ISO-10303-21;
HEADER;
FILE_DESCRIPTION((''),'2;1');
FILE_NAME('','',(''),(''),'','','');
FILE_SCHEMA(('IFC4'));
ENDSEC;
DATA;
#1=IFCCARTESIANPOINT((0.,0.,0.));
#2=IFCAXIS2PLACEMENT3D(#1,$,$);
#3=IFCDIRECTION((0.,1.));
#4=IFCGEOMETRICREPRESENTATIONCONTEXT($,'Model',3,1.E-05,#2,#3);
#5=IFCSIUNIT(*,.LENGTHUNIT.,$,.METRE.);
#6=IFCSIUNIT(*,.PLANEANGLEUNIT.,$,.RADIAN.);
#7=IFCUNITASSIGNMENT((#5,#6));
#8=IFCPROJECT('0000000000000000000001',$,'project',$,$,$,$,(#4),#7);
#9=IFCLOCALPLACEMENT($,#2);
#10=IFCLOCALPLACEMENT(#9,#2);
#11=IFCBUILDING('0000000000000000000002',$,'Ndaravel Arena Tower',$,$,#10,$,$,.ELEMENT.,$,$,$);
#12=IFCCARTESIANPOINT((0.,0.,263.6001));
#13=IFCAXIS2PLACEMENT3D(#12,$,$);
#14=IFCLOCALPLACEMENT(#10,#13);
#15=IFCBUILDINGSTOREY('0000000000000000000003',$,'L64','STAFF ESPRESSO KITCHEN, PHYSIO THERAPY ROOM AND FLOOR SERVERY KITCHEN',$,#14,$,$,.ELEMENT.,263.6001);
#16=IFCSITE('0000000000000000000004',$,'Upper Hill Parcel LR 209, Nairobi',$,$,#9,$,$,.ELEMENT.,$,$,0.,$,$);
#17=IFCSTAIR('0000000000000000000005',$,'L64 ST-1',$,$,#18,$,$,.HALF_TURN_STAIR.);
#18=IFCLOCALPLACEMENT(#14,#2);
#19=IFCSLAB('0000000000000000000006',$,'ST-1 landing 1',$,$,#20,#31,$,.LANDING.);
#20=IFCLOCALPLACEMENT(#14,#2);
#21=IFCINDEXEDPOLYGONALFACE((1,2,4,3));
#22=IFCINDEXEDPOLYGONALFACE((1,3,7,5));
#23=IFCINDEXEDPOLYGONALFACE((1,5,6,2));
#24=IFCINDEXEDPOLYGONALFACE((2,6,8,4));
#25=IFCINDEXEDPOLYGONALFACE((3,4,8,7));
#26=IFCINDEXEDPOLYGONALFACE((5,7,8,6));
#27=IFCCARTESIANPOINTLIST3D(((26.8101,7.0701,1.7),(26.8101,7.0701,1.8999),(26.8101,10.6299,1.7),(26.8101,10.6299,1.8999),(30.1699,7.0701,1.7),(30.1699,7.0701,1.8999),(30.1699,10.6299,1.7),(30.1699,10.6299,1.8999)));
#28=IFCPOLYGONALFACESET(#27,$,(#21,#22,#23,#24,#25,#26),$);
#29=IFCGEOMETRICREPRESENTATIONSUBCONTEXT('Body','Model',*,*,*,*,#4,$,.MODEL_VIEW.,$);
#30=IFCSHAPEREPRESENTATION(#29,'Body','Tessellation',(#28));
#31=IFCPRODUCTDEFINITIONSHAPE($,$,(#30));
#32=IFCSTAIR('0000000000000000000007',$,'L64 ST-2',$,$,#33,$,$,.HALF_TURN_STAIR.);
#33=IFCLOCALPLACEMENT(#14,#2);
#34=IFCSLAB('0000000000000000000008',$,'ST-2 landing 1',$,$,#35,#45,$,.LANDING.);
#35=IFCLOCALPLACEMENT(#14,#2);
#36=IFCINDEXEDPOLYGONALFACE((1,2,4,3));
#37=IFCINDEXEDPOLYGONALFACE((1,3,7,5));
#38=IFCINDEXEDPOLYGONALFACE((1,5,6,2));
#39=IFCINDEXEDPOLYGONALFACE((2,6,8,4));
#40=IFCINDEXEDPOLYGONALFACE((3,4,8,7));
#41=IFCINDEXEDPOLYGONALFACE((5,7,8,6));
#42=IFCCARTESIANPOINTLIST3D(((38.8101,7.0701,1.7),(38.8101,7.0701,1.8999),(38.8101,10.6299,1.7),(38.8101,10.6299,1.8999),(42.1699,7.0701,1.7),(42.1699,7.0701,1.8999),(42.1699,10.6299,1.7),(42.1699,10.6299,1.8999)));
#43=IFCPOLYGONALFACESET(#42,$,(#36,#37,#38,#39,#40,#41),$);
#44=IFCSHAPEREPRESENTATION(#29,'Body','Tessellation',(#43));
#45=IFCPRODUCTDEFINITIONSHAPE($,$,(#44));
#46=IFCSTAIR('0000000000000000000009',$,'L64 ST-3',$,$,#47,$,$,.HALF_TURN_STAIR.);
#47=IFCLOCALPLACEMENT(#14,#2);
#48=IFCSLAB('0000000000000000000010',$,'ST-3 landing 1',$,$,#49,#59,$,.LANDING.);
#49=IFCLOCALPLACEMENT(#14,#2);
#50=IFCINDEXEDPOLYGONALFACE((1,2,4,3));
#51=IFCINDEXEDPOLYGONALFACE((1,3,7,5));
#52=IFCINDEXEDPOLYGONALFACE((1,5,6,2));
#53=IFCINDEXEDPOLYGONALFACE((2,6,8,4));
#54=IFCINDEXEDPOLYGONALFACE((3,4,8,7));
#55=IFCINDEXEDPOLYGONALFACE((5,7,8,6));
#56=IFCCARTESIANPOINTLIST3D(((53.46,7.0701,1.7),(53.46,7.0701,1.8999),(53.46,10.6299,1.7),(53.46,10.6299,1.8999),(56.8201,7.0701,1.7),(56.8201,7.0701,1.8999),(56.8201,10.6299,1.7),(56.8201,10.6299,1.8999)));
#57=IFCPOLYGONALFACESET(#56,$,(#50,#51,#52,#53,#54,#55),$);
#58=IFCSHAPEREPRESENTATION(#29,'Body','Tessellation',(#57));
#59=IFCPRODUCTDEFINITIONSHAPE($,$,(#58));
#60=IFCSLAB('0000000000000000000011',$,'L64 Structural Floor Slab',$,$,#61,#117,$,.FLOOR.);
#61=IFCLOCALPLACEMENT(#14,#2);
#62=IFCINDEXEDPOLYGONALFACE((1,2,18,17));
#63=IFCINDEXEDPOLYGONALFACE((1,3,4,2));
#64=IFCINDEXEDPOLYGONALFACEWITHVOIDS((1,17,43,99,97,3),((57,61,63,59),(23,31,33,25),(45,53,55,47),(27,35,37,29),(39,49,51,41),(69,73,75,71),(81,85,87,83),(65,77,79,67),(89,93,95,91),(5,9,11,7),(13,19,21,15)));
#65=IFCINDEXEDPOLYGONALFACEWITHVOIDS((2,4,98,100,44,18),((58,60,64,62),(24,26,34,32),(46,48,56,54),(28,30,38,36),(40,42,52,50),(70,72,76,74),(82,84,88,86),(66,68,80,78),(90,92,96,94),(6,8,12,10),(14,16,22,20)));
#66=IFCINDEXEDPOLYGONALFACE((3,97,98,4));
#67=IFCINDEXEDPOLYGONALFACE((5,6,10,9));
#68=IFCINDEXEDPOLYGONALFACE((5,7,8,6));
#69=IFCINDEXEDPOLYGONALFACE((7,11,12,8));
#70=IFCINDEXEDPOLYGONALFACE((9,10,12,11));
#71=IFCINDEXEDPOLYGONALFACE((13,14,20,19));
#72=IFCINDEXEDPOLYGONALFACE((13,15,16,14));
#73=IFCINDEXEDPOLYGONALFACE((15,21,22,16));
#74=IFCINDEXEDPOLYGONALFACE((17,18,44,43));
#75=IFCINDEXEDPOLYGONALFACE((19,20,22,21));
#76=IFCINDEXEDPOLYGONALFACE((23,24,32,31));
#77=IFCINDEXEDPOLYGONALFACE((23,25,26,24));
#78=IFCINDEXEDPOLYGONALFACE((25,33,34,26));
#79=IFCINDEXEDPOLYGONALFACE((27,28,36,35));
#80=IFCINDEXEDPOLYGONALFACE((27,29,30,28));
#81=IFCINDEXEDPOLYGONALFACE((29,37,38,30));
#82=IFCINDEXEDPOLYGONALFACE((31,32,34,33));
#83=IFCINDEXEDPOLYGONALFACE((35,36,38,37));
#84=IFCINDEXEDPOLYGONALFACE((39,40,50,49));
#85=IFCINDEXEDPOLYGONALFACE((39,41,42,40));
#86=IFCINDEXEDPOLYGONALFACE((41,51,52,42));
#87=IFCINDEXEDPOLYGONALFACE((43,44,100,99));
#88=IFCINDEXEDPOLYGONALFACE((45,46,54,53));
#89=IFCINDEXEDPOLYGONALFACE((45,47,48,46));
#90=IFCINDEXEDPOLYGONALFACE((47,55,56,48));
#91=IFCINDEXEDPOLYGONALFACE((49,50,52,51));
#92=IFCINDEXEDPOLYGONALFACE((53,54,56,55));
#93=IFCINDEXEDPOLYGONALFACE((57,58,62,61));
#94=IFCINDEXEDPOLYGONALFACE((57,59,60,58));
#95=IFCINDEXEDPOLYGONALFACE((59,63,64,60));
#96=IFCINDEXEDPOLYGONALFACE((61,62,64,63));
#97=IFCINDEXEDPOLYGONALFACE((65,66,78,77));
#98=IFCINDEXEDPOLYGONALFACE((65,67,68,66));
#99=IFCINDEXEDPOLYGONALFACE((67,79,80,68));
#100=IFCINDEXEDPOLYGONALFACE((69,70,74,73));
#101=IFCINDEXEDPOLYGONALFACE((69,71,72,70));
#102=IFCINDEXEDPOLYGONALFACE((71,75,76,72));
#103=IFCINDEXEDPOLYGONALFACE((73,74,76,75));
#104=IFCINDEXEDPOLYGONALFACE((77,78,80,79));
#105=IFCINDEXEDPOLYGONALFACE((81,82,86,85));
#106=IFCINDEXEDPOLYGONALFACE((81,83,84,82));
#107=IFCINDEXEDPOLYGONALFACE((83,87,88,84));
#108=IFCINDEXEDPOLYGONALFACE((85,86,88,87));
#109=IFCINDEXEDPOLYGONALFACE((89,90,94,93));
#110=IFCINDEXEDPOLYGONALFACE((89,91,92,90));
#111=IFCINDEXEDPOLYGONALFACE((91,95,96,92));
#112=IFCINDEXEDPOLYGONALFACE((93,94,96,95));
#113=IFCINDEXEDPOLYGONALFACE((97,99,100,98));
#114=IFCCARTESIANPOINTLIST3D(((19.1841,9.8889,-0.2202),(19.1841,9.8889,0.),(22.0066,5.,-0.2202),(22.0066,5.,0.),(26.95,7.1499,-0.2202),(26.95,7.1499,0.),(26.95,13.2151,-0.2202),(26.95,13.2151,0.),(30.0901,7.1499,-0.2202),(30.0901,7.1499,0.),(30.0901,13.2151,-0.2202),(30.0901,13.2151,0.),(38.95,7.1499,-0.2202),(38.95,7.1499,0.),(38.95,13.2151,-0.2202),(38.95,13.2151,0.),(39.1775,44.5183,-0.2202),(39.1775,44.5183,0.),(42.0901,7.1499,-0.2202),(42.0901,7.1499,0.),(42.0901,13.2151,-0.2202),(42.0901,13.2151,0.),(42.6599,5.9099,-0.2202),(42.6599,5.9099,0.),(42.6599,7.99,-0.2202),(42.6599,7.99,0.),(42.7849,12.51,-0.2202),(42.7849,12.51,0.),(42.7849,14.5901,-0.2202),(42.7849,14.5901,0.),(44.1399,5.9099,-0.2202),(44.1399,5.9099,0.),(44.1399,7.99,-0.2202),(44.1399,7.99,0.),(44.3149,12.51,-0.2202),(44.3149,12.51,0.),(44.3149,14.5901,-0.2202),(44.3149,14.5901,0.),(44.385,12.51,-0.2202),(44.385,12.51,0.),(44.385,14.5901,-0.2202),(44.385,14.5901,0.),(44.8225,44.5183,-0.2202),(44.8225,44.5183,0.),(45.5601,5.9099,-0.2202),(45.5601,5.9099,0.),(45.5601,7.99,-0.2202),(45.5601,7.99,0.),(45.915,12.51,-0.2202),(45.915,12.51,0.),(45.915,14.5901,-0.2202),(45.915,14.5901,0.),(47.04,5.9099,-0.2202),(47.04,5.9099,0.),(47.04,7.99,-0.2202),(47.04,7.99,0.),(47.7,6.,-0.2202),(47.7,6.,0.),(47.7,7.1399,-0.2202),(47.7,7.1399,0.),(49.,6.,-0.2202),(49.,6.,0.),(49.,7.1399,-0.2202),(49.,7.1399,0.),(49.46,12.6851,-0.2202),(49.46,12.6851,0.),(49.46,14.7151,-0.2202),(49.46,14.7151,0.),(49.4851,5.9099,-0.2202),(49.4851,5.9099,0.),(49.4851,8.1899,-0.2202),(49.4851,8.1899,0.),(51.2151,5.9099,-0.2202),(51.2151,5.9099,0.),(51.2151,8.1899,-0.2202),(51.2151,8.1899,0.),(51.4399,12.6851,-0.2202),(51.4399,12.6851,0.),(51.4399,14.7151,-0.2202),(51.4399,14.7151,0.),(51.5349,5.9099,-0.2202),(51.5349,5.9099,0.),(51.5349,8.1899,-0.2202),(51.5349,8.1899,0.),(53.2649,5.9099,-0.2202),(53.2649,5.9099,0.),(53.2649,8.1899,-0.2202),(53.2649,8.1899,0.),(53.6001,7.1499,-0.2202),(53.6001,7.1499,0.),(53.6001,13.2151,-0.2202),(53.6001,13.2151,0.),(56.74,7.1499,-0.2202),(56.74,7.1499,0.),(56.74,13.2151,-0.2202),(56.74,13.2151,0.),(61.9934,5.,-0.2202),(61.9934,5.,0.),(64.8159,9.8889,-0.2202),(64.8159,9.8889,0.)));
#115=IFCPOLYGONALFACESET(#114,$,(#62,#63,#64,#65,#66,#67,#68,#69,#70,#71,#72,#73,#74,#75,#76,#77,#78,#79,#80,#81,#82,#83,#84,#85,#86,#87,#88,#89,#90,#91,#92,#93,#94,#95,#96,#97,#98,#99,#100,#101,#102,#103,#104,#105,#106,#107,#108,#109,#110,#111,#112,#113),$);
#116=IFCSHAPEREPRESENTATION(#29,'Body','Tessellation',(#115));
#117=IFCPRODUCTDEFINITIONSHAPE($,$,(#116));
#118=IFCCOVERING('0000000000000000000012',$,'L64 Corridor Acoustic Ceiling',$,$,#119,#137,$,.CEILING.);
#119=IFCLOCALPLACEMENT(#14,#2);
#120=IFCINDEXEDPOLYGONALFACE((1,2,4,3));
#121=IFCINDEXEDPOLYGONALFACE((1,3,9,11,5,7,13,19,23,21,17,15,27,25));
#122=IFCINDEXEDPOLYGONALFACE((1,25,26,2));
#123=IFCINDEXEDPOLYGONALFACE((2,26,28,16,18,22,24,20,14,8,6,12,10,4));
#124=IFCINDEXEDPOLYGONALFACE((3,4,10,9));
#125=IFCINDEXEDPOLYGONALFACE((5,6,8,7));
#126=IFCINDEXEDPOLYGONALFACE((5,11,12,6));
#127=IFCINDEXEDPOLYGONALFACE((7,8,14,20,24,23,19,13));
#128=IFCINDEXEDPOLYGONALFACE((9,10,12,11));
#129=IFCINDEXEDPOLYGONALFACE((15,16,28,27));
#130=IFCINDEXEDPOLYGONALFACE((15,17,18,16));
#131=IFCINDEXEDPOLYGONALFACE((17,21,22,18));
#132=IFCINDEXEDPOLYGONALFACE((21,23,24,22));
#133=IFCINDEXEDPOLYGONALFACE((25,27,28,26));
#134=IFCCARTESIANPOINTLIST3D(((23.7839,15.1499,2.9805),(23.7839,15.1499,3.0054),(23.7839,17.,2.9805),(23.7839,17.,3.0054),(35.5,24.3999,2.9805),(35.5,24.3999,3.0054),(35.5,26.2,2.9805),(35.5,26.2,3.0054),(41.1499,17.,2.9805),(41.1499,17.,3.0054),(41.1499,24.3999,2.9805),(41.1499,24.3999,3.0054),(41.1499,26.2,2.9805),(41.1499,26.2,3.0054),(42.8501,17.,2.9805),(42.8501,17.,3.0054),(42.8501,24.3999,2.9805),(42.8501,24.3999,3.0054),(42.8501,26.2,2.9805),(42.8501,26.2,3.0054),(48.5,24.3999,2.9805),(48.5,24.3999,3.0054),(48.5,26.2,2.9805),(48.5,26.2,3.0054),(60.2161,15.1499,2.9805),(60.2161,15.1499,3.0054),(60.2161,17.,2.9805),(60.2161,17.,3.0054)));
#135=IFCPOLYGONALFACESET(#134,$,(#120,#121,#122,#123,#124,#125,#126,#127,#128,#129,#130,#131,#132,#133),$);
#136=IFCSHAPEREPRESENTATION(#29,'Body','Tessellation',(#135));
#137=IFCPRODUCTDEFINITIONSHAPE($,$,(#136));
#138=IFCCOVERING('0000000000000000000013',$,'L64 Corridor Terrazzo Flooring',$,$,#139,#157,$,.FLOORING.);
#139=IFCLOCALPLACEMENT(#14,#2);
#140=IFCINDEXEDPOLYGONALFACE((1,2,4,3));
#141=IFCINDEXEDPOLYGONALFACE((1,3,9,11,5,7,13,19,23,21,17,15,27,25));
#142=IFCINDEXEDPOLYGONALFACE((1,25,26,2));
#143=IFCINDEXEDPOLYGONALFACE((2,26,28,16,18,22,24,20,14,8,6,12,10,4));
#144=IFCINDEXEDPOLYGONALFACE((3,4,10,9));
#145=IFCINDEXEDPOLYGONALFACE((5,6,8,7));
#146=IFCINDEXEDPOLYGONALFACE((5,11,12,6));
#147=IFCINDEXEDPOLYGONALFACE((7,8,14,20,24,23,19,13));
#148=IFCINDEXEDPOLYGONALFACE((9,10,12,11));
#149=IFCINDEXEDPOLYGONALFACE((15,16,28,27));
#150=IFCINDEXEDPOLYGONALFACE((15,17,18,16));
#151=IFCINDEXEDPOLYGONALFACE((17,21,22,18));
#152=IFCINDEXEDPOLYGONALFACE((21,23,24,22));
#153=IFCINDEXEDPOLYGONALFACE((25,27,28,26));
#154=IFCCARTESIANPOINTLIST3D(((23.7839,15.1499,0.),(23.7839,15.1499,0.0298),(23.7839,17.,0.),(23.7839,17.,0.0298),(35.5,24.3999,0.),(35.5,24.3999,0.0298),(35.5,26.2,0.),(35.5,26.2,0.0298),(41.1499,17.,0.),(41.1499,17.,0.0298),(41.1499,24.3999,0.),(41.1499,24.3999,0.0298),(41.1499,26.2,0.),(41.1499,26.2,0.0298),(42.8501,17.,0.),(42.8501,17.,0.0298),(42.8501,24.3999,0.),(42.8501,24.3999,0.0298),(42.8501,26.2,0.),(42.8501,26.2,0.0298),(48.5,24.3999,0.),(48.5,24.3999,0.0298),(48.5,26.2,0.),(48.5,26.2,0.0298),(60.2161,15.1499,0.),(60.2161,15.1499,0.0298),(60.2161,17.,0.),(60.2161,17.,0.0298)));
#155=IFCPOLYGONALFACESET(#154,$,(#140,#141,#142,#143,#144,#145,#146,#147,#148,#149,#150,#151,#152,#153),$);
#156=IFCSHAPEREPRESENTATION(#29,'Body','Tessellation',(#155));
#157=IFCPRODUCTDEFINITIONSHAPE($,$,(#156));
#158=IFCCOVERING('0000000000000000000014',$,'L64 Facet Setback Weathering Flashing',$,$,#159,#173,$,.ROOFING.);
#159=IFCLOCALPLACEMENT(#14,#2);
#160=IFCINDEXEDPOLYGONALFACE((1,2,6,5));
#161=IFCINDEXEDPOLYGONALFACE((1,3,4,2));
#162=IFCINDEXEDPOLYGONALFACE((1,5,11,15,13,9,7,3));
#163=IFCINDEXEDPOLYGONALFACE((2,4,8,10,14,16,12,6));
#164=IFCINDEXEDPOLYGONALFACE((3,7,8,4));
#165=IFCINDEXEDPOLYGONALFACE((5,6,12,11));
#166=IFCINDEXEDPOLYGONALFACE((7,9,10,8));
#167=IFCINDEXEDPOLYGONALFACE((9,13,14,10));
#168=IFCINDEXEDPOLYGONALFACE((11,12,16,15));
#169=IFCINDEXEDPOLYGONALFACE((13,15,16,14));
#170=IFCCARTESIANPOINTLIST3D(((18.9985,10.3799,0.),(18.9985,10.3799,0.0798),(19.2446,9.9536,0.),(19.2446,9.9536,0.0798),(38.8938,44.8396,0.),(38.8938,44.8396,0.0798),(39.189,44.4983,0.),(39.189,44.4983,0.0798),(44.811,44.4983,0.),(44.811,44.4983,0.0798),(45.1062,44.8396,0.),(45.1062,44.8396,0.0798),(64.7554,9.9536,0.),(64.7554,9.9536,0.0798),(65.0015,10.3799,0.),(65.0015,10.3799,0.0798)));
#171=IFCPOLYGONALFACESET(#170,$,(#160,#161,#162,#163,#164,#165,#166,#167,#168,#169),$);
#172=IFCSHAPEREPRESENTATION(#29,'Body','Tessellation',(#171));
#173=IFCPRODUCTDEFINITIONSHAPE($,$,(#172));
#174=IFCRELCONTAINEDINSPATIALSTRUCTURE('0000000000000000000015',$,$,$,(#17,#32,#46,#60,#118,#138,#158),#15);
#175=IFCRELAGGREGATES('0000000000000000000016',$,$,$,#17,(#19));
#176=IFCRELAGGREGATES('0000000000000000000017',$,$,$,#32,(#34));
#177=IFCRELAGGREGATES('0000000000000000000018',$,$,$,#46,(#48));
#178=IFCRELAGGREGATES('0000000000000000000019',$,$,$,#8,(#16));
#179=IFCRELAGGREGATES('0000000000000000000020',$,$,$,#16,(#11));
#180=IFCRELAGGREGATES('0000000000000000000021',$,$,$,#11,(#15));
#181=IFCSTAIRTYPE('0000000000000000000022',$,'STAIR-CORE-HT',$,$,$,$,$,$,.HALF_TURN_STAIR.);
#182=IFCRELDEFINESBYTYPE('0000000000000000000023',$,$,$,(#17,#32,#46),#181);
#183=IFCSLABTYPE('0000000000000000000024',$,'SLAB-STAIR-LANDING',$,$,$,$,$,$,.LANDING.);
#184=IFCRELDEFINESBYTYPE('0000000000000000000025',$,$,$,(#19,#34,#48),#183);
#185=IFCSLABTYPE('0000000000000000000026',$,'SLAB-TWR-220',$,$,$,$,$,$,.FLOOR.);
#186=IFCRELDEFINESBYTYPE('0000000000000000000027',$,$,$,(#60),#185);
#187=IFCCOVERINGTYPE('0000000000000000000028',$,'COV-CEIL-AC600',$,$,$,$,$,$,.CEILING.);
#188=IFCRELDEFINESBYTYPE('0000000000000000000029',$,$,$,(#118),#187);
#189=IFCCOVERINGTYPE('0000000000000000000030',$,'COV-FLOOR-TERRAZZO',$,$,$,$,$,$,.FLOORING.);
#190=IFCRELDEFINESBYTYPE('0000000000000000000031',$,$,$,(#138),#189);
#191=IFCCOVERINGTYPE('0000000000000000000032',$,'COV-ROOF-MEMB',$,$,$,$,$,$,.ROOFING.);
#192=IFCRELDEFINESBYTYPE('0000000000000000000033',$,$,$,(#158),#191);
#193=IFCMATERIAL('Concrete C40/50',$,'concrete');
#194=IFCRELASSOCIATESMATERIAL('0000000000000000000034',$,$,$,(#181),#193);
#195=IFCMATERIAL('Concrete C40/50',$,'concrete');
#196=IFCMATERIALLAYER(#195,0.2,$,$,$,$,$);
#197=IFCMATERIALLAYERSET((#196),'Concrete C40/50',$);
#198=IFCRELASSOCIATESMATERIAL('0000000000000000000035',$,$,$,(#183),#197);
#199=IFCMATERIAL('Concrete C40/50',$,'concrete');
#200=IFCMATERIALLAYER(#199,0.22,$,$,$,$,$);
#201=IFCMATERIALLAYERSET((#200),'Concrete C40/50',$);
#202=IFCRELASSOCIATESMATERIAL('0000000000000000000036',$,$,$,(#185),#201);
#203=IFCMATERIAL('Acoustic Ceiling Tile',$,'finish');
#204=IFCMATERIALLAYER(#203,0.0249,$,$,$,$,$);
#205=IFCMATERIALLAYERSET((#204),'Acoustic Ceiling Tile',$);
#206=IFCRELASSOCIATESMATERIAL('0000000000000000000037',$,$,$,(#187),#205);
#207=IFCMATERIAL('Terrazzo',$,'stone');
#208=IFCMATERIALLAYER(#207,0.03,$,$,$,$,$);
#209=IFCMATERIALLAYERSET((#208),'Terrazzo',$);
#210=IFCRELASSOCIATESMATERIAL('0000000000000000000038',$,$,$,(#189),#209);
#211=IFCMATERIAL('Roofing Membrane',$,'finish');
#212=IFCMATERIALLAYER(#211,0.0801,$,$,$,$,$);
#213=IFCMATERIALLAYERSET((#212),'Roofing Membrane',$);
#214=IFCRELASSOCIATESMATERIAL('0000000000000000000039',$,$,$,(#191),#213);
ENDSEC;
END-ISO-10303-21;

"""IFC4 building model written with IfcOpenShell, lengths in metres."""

from ifc_helpers import new_model, si_unit, direction, frame, origin, place, context, subcontext, project, spatial, polyline, outline, extrude, material, layer, layer_set, type_object, element, aggregate, save


model = new_model("IFC4")

# Units and contexts
model_context = context("Model", 3, precision=1e-05, world=origin(), true_north=direction((0.0, 1.0)))
body_context = subcontext(model_context, "Body", "Model", "MODEL_VIEW")
ifc_project = project(units=[si_unit("LENGTHUNIT", "METRE"), si_unit("PLANEANGLEUNIT", "RADIAN")], contexts=[model_context])

# Site, building, storey
site_placement = place(None, origin())
site = spatial("IfcSite", under=ifc_project, at=site_placement, Name="Upper Hill Parcel LR 209, Nairobi", CompositionType="ELEMENT", RefElevation=0.0)
building_placement = place(site_placement, origin())
building = spatial("IfcBuilding", under=site, at=building_placement, Name="Ndaravel Arena Tower", CompositionType="ELEMENT")
storey_placement = place(building_placement, frame((0.0, 0.0, 263.6001)))
storey = spatial("IfcBuildingStorey", under=building, at=storey_placement, Name="L64", Description="STAFF ESPRESSO KITCHEN, PHYSIO THERAPY ROOM AND FLOOR SERVERY KITCHEN", CompositionType="ELEMENT", Elevation=263.6001)

# Stairs, slabs
ifc_material_1 = material(Name="Concrete C40/50", Category="concrete")
stair_type = type_object("IfcStairType", Name="STAIR-CORE-HT", PredefinedType="HALF_TURN_STAIR", material=ifc_material_1)
stair_1_placement = place(storey_placement, origin())
stair_1 = element("IfcStair", 1, at=stair_1_placement, inside=storey, type_object=stair_type, Name="L64 ST-1", PredefinedType="HALF_TURN_STAIR")
ifc_material_2 = material(Name="Concrete C40/50", Category="concrete")
ifc_layer_1 = layer(ifc_material_2, 0.2)
ifc_layer_set_1 = layer_set([ifc_layer_1], Name="Concrete C40/50")
slab_type_1 = type_object("IfcSlabType", Name="SLAB-STAIR-LANDING", PredefinedType="LANDING", material=ifc_layer_set_1)
slab_1_placement = place(storey_placement, frame((0.0, 0.0, 1.7)))
slab_1 = element("IfcSlab", 2, at=slab_1_placement, type_object=slab_type_1, Name="ST-1 landing 1", PredefinedType="LANDING", context=body_context, shape_type="SweptSolid", body=[
    extrude(outline(polyline([(26.8101, 10.6299), (26.8101, 7.0701), (30.1699, 7.0701), (30.1699, 10.6299), (26.8101, 10.6299)])), origin(), (0.0, 0.0, 1.0), 0.2),
])
aggregate(stair_1, [slab_1])
stair_2_placement = place(storey_placement, origin())
stair_2 = element("IfcStair", 3, at=stair_2_placement, inside=storey, type_object=stair_type, Name="L64 ST-2", PredefinedType="HALF_TURN_STAIR")
slab_2_placement = place(storey_placement, frame((0.0, 0.0, 1.7)))
slab_2 = element("IfcSlab", 4, at=slab_2_placement, type_object=slab_type_1, Name="ST-2 landing 1", PredefinedType="LANDING", context=body_context, shape_type="SweptSolid", body=[
    extrude(outline(polyline([(38.8101, 10.6299), (38.8101, 7.0701), (42.1699, 7.0701), (42.1699, 10.6299), (38.8101, 10.6299)])), origin(), (0.0, 0.0, 1.0), 0.2),
])
aggregate(stair_2, [slab_2])
stair_3_placement = place(storey_placement, origin())
stair_3 = element("IfcStair", 5, at=stair_3_placement, inside=storey, type_object=stair_type, Name="L64 ST-3", PredefinedType="HALF_TURN_STAIR")
slab_3_placement = place(storey_placement, frame((0.0, 0.0, 1.7)))
slab_3 = element("IfcSlab", 6, at=slab_3_placement, type_object=slab_type_1, Name="ST-3 landing 1", PredefinedType="LANDING", context=body_context, shape_type="SweptSolid", body=[
    extrude(outline(polyline([(53.46, 10.6299), (53.46, 7.0701), (56.8201, 7.0701), (56.8201, 10.6299), (53.46, 10.6299)])), origin(), (0.0, 0.0, 1.0), 0.2),
])
aggregate(stair_3, [slab_3])

# Slab
ifc_material_3 = material(Name="Concrete C40/50", Category="concrete")
ifc_layer_2 = layer(ifc_material_3, 0.22)
ifc_layer_set_2 = layer_set([ifc_layer_2], Name="Concrete C40/50")
slab_type_2 = type_object("IfcSlabType", Name="SLAB-TWR-220", PredefinedType="FLOOR", material=ifc_layer_set_2)
slab_4_placement = place(storey_placement, frame((0.0, 0.0, -0.2202)))
element("IfcSlab", 7, at=slab_4_placement, inside=storey, type_object=slab_type_2, Name="L64 Structural Floor Slab", PredefinedType="FLOOR", context=body_context, shape_type="SweptSolid", body=[
    extrude(outline(polyline([(19.1841, 9.8889), (22.0066, 5.0), (61.9934, 5.0), (64.8159, 9.8889), (44.8225, 44.5183), (39.1775, 44.5183), (19.1841, 9.8889)]), holes=[polyline([(26.95, 13.2151), (26.95, 7.1499), (30.0901, 7.1499), (30.0901, 13.2151), (26.95, 13.2151)]), polyline([(38.95, 13.2151), (38.95, 7.1499), (42.0901, 7.1499), (42.0901, 13.2151), (38.95, 13.2151)]), polyline([(53.6001, 13.2151), (53.6001, 7.1499), (56.74, 7.1499), (56.74, 13.2151), (53.6001, 13.2151)]), polyline([(42.6599, 5.9099), (44.1399, 5.9099), (44.1399, 7.99), (42.6599, 7.99), (42.6599, 5.9099)]), polyline([(45.5601, 5.9099), (47.04, 5.9099), (47.04, 7.99), (45.5601, 7.99), (45.5601, 5.9099)]), polyline([(42.7849, 12.51), (44.3149, 12.51), (44.3149, 14.5901), (42.7849, 14.5901), (42.7849, 12.51)]), polyline([(44.385, 12.51), (45.915, 12.51), (45.915, 14.5901), (44.385, 14.5901), (44.385, 12.51)]), polyline([(49.4851, 5.9099), (51.2151, 5.9099), (51.2151, 8.1899), (49.4851, 8.1899), (49.4851, 5.9099)]), polyline([(51.5349, 5.9099), (53.2649, 5.9099), (53.2649, 8.1899), (51.5349, 8.1899), (51.5349, 5.9099)]), polyline([(49.46, 12.6851), (51.4399, 12.6851), (51.4399, 14.7151), (49.46, 14.7151), (49.46, 12.6851)]), polyline([(47.7, 6.0), (49.0, 6.0), (49.0, 7.1399), (47.7, 7.1399), (47.7, 6.0)])]), origin(), (0.0, 0.0, 1.0), 0.2202),
])

# Coverings
ifc_material_4 = material(Name="Acoustic Ceiling Tile", Category="finish")
ifc_layer_3 = layer(ifc_material_4, 0.0249)
ifc_layer_set_3 = layer_set([ifc_layer_3], Name="Acoustic Ceiling Tile")
covering_type_1 = type_object("IfcCoveringType", Name="COV-CEIL-AC600", PredefinedType="CEILING", material=ifc_layer_set_3)
covering_1_placement = place(storey_placement, frame((0.0, 0.0, 2.9805)))
element("IfcCovering", 8, at=covering_1_placement, inside=storey, type_object=covering_type_1, Name="L64 Corridor Acoustic Ceiling", PredefinedType="CEILING", context=body_context, shape_type="SweptSolid", body=[
    extrude(outline(polyline([(60.2161, 17.0), (42.8501, 17.0), (42.8501, 24.3999), (48.5, 24.3999), (48.5, 26.2), (42.8501, 26.2), (41.1499, 26.2), (35.5, 26.2), (35.5, 24.3999), (41.1499, 24.3999), (41.1499, 17.0), (23.7839, 17.0), (23.7839, 15.1499), (60.2161, 15.1499), (60.2161, 17.0)])), origin(), (0.0, 0.0, 1.0), 0.0249),
])
ifc_material_5 = material(Name="Terrazzo", Category="stone")
ifc_layer_4 = layer(ifc_material_5, 0.03)
ifc_layer_set_4 = layer_set([ifc_layer_4], Name="Terrazzo")
covering_type_2 = type_object("IfcCoveringType", Name="COV-FLOOR-TERRAZZO", PredefinedType="FLOORING", material=ifc_layer_set_4)
covering_2_placement = place(storey_placement, origin())
element("IfcCovering", 9, at=covering_2_placement, inside=storey, type_object=covering_type_2, Name="L64 Corridor Terrazzo Flooring", PredefinedType="FLOORING", context=body_context, shape_type="SweptSolid", body=[
    extrude(outline(polyline([(60.2161, 17.0), (42.8501, 17.0), (42.8501, 24.3999), (48.5, 24.3999), (48.5, 26.2), (42.8501, 26.2), (41.1499, 26.2), (35.5, 26.2), (35.5, 24.3999), (41.1499, 24.3999), (41.1499, 17.0), (23.7839, 17.0), (23.7839, 15.1499), (60.2161, 15.1499), (60.2161, 17.0)])), origin(), (0.0, 0.0, 1.0), 0.0298),
])
ifc_material_6 = material(Name="Roofing Membrane", Category="finish")
ifc_layer_5 = layer(ifc_material_6, 0.0801)
ifc_layer_set_5 = layer_set([ifc_layer_5], Name="Roofing Membrane")
covering_type_3 = type_object("IfcCoveringType", Name="COV-ROOF-MEMB", PredefinedType="ROOFING", material=ifc_layer_set_5)
covering_3_placement = place(storey_placement, origin())
element("IfcCovering", 10, at=covering_3_placement, inside=storey, type_object=covering_type_3, Name="L64 Facet Setback Weathering Flashing", PredefinedType="ROOFING", context=body_context, shape_type="SweptSolid", body=[
    extrude(outline(polyline([(18.9985, 10.3799), (38.8938, 44.8396), (45.1062, 44.8396), (65.0015, 10.3799), (64.7554, 9.9536), (44.811, 44.4983), (39.189, 44.4983), (19.2446, 9.9536), (18.9985, 10.3799)])), origin(), (0.0, 0.0, 1.0), 0.0798),
])

save(model, "model.ifc")
